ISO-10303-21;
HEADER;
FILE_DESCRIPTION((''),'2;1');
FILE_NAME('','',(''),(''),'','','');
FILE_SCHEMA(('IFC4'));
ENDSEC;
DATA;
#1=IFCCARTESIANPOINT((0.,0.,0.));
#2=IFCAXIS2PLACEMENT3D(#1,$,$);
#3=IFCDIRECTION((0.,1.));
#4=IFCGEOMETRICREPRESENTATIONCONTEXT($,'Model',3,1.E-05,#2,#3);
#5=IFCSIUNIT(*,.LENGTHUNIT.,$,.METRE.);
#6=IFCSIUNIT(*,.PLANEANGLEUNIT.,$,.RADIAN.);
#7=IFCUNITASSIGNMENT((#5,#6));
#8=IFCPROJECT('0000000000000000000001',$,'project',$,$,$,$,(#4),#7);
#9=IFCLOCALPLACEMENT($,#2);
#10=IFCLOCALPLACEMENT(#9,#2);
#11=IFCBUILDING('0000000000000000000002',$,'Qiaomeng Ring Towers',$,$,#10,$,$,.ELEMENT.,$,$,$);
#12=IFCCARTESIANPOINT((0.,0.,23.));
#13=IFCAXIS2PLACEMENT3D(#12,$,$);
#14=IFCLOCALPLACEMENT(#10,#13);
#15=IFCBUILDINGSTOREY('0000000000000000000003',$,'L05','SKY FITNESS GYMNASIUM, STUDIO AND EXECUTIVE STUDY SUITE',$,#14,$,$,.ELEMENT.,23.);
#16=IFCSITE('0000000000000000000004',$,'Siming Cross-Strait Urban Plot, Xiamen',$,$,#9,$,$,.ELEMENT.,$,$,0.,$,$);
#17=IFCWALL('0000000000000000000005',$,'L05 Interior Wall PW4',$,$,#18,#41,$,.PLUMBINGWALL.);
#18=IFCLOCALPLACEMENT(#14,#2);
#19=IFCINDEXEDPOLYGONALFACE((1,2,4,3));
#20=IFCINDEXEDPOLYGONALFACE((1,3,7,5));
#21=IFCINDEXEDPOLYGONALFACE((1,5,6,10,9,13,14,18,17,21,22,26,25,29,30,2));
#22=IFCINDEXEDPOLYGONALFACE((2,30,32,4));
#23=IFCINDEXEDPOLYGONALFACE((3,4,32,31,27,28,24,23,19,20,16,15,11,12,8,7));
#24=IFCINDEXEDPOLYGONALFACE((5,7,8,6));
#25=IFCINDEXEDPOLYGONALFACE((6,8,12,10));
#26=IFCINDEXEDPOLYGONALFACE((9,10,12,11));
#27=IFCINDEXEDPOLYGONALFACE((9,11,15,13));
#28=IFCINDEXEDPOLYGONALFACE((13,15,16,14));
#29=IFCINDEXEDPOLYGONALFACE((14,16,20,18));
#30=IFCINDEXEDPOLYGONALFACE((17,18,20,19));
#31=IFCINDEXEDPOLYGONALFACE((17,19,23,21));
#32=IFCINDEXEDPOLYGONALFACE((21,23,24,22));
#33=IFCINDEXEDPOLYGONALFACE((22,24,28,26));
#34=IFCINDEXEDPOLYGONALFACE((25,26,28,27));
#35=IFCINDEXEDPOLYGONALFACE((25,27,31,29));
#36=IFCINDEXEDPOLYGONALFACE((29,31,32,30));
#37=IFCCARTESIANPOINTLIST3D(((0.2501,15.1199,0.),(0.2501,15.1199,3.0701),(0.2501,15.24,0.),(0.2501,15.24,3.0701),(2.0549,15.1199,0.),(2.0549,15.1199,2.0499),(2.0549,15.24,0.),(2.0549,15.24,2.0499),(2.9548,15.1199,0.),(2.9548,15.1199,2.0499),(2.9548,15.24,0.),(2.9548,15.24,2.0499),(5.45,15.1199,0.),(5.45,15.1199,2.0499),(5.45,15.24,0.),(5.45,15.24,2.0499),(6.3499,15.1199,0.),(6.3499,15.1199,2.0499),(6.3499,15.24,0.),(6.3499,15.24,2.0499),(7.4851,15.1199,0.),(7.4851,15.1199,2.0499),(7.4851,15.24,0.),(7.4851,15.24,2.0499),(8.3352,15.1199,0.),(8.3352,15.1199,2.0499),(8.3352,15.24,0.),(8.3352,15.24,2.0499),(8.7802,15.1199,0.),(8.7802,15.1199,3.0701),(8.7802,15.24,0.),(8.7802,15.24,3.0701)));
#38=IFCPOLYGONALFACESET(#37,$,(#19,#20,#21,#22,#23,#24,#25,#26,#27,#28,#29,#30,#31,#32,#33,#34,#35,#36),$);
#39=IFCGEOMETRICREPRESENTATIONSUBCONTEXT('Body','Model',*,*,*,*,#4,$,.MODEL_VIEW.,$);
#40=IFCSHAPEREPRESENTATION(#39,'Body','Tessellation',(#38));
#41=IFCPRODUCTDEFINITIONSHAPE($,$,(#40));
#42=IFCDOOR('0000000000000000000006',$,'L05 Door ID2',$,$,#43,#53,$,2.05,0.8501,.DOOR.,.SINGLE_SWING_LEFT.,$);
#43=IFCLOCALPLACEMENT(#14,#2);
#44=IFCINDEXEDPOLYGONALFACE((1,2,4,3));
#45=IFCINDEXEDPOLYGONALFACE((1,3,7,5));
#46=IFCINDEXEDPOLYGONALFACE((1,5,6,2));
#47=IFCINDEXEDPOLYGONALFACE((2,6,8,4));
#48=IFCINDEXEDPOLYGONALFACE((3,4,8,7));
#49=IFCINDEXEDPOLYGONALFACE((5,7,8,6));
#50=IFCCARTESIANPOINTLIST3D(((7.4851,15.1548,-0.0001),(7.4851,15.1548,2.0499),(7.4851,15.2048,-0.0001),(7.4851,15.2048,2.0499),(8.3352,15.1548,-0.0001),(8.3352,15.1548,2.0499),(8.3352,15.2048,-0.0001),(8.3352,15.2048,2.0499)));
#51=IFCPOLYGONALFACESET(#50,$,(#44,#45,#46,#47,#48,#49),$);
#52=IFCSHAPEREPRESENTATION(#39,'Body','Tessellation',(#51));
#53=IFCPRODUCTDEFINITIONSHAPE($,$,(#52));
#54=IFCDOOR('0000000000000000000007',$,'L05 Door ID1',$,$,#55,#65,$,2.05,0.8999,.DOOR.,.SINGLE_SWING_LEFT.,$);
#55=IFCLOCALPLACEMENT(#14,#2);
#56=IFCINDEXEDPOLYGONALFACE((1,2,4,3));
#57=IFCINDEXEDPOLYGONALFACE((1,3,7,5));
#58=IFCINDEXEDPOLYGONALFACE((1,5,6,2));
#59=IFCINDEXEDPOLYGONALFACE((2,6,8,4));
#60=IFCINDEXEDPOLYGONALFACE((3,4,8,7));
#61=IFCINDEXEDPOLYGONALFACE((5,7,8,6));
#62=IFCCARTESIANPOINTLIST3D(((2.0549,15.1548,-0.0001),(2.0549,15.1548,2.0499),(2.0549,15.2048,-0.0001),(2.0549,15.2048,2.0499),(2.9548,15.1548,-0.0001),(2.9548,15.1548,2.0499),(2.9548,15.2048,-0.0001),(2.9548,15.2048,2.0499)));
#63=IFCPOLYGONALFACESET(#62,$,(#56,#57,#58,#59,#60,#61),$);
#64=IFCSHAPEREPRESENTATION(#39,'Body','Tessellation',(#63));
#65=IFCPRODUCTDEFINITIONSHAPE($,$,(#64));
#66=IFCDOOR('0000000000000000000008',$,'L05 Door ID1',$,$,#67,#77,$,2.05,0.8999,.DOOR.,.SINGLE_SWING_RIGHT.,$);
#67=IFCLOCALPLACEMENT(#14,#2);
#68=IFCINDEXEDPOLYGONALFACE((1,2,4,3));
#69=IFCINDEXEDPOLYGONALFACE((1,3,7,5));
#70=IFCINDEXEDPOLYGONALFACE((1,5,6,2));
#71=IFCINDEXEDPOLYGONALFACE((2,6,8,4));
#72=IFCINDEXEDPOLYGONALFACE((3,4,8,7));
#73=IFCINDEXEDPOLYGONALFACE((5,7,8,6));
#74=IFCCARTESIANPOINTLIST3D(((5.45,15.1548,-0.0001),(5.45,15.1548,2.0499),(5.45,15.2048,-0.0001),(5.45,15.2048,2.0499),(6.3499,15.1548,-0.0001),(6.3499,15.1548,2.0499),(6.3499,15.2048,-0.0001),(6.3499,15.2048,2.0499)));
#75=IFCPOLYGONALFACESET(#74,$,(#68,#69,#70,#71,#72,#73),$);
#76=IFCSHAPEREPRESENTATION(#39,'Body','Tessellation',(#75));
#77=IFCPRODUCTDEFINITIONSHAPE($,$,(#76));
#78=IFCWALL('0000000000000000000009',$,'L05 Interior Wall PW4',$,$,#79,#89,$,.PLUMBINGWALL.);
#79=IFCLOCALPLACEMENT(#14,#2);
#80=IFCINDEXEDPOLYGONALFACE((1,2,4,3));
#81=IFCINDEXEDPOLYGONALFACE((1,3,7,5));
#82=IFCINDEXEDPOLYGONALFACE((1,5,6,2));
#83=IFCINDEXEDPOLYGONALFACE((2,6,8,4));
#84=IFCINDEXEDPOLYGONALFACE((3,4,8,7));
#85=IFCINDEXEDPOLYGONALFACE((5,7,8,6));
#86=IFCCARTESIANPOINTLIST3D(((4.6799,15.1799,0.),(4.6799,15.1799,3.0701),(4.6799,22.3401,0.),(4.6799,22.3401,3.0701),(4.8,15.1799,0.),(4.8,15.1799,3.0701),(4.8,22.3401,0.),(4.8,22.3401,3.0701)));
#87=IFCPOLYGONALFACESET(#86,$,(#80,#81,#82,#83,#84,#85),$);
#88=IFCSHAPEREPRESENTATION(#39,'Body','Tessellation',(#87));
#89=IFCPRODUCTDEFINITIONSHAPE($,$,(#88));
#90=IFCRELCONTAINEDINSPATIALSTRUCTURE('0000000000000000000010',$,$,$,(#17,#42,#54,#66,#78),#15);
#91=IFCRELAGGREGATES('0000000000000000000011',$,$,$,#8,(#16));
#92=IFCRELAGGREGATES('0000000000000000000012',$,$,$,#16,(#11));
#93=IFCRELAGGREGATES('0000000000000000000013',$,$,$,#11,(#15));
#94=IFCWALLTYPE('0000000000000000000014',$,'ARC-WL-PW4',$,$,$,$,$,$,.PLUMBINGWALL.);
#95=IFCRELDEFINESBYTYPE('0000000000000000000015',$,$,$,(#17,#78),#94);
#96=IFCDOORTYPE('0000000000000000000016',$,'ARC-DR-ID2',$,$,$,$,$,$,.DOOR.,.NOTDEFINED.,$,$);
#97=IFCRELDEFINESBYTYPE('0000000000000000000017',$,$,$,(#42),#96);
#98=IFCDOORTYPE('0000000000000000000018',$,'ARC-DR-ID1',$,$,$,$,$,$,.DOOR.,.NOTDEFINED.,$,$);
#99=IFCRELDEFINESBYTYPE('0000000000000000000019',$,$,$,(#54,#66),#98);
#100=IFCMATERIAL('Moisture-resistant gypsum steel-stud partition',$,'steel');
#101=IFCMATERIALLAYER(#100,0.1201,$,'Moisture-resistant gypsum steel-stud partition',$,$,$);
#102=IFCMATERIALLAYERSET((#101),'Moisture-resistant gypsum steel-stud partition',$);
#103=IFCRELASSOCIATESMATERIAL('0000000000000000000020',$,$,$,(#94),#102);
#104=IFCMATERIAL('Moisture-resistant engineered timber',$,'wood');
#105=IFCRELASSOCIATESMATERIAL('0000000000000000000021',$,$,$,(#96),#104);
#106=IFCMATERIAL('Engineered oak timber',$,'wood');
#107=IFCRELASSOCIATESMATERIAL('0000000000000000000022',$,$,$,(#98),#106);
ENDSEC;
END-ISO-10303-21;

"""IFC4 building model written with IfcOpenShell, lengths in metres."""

from ifc_helpers import new_model, si_unit, direction, frame, frame_2d, origin, place, context, subcontext, project, spatial, rectangle, extrude, source, transform, mapped, material, layer, layer_set, type_object, element, fill, save


model = new_model("IFC4")

# Units and contexts
model_context = context("Model", 3, precision=1e-05, world=origin(), true_north=direction((0.0, 1.0)))
body_context = subcontext(model_context, "Body", "Model", "MODEL_VIEW")
ifc_project = project(units=[si_unit("LENGTHUNIT", "METRE"), si_unit("PLANEANGLEUNIT", "RADIAN")], contexts=[model_context])

# Site, building, storey
site_placement = place(None, origin())
site = spatial("IfcSite", under=ifc_project, at=site_placement, Name="Siming Cross-Strait Urban Plot, Xiamen", CompositionType="ELEMENT", RefElevation=0.0)
building_placement = place(site_placement, origin())
building = spatial("IfcBuilding", under=site, at=building_placement, Name="Qiaomeng Ring Towers", CompositionType="ELEMENT")
storey_placement = place(building_placement, frame((0.0, 0.0, 23.0)))
storey = spatial("IfcBuildingStorey", under=building, at=storey_placement, Name="L05", Description="SKY FITNESS GYMNASIUM, STUDIO AND EXECUTIVE STUDY SUITE", CompositionType="ELEMENT", Elevation=23.0)

# Wall, openings, doors
ifc_material_1 = material(Name="Moisture-resistant gypsum steel-stud partition", Category="steel")
ifc_layer_1 = layer(ifc_material_1, 0.1201, Name="Moisture-resistant gypsum steel-stud partition")
ifc_layer_set_1 = layer_set([ifc_layer_1], Name="Moisture-resistant gypsum steel-stud partition")
wall_type_1 = type_object("IfcWallType", Name="ARC-WL-PW4", PredefinedType="PLUMBINGWALL", material=ifc_layer_set_1)
wall_1_placement = place(storey_placement, frame((0.25, 15.1799, 0.0), z_axis=(0.0, 0.0, 1.0), x_axis=(1.0, 0.0, 0.0)))
wall_1 = element("IfcWall", 1, at=wall_1_placement, inside=storey, type_object=wall_type_1, Name="L05 Interior Wall PW4", PredefinedType="PLUMBINGWALL", context=body_context, shape_type="SweptSolid", body=[
    extrude(rectangle(XDim=8.53, YDim=0.1201, at=frame_2d((4.2651, 0.0))), origin(), (0.0, 0.0, 1.0), 3.0701),
])
opening_1_placement = place(wall_1_placement, frame((1.8049, 0.0, 0.0)))
opening_1 = element("IfcOpeningElement", 2, at=opening_1_placement, cuts=wall_1, PredefinedType="OPENING", context=body_context, shape_type="SweptSolid", body=[
    extrude(rectangle(XDim=0.8999, YDim=2.05, at=frame_2d((0.45, 1.0249))), frame((0.0, 0.0701, 0.0), z_axis=(0.0, -1.0, 0.0), x_axis=(1.0, 0.0, 0.0)), (0.0, 0.0, 1.0), 0.1401),
])
opening_2_placement = place(wall_1_placement, frame((5.2, 0.0, 0.0)))
opening_2 = element("IfcOpeningElement", 3, at=opening_2_placement, cuts=wall_1, PredefinedType="OPENING", context=body_context, shape_type="SweptSolid", body=[
    extrude(rectangle(XDim=0.8999, YDim=2.05, at=frame_2d((0.45, 1.0249))), frame((0.0, 0.0701, 0.0), z_axis=(0.0, -1.0, 0.0), x_axis=(1.0, 0.0, 0.0)), (0.0, 0.0, 1.0), 0.1401),
])
opening_3_placement = place(wall_1_placement, frame((7.2351, 0.0, 0.0)))
opening_3 = element("IfcOpeningElement", 4, at=opening_3_placement, cuts=wall_1, PredefinedType="OPENING", context=body_context, shape_type="SweptSolid", body=[
    extrude(rectangle(XDim=0.8501, YDim=2.05, at=frame_2d((0.425, 1.0249))), frame((0.0, 0.0701, 0.0), z_axis=(0.0, -1.0, 0.0), x_axis=(1.0, 0.0, 0.0)), (0.0, 0.0, 1.0), 0.1401),
])
ifc_material_2 = material(Name="Moisture-resistant engineered timber", Category="wood")
door_type_1 = type_object("IfcDoorType", Name="ARC-DR-ID2", OperationType="NOTDEFINED", PredefinedType="DOOR", material=ifc_material_2)
shared_shape_1 = source(origin(), body_context, "Body", "SweptSolid", [
    extrude(rectangle(XDim=0.8501, YDim=2.05, at=frame_2d((0.425, 1.0249))), frame((0.0, 0.0249, 0.0), z_axis=(0.0, -1.0, 0.0), x_axis=(1.0, 0.0, 0.0)), (0.0, 0.0, 1.0), 0.05),
])
door_1_placement = place(opening_3_placement, origin())
door_1 = element("IfcDoor", 5, at=door_1_placement, inside=storey, type_object=door_type_1, Name="L05 Door ID2", OperationType="SINGLE_SWING_LEFT", OverallHeight=2.05, OverallWidth=0.8501, PredefinedType="DOOR", context=body_context, shape_type="MappedRepresentation", body=[
    mapped(shared_shape_1, transform((0.0, 0.0, 0.0), x_axis=(1.0, 0.0, 0.0), y_axis=(0.0, 1.0, 0.0), z_axis=(0.0, 0.0, 1.0), scale=1.0)),
])
fill(opening_3, door_1)
ifc_material_3 = material(Name="Engineered oak timber", Category="wood")
door_type_2 = type_object("IfcDoorType", Name="ARC-DR-ID1", OperationType="NOTDEFINED", PredefinedType="DOOR", material=ifc_material_3)
shared_shape_2 = source(origin(), body_context, "Body", "SweptSolid", [
    extrude(rectangle(XDim=0.8999, YDim=2.05, at=frame_2d((0.45, 1.0249))), frame((0.0, 0.0249, 0.0), z_axis=(0.0, -1.0, 0.0), x_axis=(1.0, 0.0, 0.0)), (0.0, 0.0, 1.0), 0.05),
])
door_2_placement = place(opening_1_placement, origin())
door_2 = element("IfcDoor", 6, at=door_2_placement, inside=storey, type_object=door_type_2, Name="L05 Door ID1", OperationType="SINGLE_SWING_LEFT", OverallHeight=2.05, OverallWidth=0.8999, PredefinedType="DOOR", context=body_context, shape_type="MappedRepresentation", body=[
    mapped(shared_shape_2, transform((0.0, 0.0, 0.0), x_axis=(1.0, 0.0, 0.0), y_axis=(0.0, 1.0, 0.0), z_axis=(0.0, 0.0, 1.0), scale=1.0)),
])
fill(opening_1, door_2)
door_3_placement = place(opening_2_placement, origin())
door_3 = element("IfcDoor", 7, at=door_3_placement, inside=storey, type_object=door_type_2, Name="L05 Door ID1", OperationType="SINGLE_SWING_RIGHT", OverallHeight=2.05, OverallWidth=0.8999, PredefinedType="DOOR", context=body_context, shape_type="MappedRepresentation", body=[
    mapped(shared_shape_2, transform((0.0, 0.0, 0.0), x_axis=(1.0, 0.0, 0.0), y_axis=(0.0, 1.0, 0.0), z_axis=(0.0, 0.0, 1.0), scale=1.0)),
])
fill(opening_2, door_3)

# Wall
wall_2_placement = place(storey_placement, frame((4.74, 15.1799, 0.0), z_axis=(0.0, 0.0, 1.0), x_axis=(0.0, 1.0, 0.0)))
element("IfcWall", 8, at=wall_2_placement, inside=storey, type_object=wall_type_1, Name="L05 Interior Wall PW4", PredefinedType="PLUMBINGWALL", context=body_context, shape_type="SweptSolid", body=[
    extrude(rectangle(XDim=7.1602, YDim=0.1201, at=frame_2d((3.5801, 0.0))), origin(), (0.0, 0.0, 1.0), 3.0701),
])

save(model, "model.ifc")
